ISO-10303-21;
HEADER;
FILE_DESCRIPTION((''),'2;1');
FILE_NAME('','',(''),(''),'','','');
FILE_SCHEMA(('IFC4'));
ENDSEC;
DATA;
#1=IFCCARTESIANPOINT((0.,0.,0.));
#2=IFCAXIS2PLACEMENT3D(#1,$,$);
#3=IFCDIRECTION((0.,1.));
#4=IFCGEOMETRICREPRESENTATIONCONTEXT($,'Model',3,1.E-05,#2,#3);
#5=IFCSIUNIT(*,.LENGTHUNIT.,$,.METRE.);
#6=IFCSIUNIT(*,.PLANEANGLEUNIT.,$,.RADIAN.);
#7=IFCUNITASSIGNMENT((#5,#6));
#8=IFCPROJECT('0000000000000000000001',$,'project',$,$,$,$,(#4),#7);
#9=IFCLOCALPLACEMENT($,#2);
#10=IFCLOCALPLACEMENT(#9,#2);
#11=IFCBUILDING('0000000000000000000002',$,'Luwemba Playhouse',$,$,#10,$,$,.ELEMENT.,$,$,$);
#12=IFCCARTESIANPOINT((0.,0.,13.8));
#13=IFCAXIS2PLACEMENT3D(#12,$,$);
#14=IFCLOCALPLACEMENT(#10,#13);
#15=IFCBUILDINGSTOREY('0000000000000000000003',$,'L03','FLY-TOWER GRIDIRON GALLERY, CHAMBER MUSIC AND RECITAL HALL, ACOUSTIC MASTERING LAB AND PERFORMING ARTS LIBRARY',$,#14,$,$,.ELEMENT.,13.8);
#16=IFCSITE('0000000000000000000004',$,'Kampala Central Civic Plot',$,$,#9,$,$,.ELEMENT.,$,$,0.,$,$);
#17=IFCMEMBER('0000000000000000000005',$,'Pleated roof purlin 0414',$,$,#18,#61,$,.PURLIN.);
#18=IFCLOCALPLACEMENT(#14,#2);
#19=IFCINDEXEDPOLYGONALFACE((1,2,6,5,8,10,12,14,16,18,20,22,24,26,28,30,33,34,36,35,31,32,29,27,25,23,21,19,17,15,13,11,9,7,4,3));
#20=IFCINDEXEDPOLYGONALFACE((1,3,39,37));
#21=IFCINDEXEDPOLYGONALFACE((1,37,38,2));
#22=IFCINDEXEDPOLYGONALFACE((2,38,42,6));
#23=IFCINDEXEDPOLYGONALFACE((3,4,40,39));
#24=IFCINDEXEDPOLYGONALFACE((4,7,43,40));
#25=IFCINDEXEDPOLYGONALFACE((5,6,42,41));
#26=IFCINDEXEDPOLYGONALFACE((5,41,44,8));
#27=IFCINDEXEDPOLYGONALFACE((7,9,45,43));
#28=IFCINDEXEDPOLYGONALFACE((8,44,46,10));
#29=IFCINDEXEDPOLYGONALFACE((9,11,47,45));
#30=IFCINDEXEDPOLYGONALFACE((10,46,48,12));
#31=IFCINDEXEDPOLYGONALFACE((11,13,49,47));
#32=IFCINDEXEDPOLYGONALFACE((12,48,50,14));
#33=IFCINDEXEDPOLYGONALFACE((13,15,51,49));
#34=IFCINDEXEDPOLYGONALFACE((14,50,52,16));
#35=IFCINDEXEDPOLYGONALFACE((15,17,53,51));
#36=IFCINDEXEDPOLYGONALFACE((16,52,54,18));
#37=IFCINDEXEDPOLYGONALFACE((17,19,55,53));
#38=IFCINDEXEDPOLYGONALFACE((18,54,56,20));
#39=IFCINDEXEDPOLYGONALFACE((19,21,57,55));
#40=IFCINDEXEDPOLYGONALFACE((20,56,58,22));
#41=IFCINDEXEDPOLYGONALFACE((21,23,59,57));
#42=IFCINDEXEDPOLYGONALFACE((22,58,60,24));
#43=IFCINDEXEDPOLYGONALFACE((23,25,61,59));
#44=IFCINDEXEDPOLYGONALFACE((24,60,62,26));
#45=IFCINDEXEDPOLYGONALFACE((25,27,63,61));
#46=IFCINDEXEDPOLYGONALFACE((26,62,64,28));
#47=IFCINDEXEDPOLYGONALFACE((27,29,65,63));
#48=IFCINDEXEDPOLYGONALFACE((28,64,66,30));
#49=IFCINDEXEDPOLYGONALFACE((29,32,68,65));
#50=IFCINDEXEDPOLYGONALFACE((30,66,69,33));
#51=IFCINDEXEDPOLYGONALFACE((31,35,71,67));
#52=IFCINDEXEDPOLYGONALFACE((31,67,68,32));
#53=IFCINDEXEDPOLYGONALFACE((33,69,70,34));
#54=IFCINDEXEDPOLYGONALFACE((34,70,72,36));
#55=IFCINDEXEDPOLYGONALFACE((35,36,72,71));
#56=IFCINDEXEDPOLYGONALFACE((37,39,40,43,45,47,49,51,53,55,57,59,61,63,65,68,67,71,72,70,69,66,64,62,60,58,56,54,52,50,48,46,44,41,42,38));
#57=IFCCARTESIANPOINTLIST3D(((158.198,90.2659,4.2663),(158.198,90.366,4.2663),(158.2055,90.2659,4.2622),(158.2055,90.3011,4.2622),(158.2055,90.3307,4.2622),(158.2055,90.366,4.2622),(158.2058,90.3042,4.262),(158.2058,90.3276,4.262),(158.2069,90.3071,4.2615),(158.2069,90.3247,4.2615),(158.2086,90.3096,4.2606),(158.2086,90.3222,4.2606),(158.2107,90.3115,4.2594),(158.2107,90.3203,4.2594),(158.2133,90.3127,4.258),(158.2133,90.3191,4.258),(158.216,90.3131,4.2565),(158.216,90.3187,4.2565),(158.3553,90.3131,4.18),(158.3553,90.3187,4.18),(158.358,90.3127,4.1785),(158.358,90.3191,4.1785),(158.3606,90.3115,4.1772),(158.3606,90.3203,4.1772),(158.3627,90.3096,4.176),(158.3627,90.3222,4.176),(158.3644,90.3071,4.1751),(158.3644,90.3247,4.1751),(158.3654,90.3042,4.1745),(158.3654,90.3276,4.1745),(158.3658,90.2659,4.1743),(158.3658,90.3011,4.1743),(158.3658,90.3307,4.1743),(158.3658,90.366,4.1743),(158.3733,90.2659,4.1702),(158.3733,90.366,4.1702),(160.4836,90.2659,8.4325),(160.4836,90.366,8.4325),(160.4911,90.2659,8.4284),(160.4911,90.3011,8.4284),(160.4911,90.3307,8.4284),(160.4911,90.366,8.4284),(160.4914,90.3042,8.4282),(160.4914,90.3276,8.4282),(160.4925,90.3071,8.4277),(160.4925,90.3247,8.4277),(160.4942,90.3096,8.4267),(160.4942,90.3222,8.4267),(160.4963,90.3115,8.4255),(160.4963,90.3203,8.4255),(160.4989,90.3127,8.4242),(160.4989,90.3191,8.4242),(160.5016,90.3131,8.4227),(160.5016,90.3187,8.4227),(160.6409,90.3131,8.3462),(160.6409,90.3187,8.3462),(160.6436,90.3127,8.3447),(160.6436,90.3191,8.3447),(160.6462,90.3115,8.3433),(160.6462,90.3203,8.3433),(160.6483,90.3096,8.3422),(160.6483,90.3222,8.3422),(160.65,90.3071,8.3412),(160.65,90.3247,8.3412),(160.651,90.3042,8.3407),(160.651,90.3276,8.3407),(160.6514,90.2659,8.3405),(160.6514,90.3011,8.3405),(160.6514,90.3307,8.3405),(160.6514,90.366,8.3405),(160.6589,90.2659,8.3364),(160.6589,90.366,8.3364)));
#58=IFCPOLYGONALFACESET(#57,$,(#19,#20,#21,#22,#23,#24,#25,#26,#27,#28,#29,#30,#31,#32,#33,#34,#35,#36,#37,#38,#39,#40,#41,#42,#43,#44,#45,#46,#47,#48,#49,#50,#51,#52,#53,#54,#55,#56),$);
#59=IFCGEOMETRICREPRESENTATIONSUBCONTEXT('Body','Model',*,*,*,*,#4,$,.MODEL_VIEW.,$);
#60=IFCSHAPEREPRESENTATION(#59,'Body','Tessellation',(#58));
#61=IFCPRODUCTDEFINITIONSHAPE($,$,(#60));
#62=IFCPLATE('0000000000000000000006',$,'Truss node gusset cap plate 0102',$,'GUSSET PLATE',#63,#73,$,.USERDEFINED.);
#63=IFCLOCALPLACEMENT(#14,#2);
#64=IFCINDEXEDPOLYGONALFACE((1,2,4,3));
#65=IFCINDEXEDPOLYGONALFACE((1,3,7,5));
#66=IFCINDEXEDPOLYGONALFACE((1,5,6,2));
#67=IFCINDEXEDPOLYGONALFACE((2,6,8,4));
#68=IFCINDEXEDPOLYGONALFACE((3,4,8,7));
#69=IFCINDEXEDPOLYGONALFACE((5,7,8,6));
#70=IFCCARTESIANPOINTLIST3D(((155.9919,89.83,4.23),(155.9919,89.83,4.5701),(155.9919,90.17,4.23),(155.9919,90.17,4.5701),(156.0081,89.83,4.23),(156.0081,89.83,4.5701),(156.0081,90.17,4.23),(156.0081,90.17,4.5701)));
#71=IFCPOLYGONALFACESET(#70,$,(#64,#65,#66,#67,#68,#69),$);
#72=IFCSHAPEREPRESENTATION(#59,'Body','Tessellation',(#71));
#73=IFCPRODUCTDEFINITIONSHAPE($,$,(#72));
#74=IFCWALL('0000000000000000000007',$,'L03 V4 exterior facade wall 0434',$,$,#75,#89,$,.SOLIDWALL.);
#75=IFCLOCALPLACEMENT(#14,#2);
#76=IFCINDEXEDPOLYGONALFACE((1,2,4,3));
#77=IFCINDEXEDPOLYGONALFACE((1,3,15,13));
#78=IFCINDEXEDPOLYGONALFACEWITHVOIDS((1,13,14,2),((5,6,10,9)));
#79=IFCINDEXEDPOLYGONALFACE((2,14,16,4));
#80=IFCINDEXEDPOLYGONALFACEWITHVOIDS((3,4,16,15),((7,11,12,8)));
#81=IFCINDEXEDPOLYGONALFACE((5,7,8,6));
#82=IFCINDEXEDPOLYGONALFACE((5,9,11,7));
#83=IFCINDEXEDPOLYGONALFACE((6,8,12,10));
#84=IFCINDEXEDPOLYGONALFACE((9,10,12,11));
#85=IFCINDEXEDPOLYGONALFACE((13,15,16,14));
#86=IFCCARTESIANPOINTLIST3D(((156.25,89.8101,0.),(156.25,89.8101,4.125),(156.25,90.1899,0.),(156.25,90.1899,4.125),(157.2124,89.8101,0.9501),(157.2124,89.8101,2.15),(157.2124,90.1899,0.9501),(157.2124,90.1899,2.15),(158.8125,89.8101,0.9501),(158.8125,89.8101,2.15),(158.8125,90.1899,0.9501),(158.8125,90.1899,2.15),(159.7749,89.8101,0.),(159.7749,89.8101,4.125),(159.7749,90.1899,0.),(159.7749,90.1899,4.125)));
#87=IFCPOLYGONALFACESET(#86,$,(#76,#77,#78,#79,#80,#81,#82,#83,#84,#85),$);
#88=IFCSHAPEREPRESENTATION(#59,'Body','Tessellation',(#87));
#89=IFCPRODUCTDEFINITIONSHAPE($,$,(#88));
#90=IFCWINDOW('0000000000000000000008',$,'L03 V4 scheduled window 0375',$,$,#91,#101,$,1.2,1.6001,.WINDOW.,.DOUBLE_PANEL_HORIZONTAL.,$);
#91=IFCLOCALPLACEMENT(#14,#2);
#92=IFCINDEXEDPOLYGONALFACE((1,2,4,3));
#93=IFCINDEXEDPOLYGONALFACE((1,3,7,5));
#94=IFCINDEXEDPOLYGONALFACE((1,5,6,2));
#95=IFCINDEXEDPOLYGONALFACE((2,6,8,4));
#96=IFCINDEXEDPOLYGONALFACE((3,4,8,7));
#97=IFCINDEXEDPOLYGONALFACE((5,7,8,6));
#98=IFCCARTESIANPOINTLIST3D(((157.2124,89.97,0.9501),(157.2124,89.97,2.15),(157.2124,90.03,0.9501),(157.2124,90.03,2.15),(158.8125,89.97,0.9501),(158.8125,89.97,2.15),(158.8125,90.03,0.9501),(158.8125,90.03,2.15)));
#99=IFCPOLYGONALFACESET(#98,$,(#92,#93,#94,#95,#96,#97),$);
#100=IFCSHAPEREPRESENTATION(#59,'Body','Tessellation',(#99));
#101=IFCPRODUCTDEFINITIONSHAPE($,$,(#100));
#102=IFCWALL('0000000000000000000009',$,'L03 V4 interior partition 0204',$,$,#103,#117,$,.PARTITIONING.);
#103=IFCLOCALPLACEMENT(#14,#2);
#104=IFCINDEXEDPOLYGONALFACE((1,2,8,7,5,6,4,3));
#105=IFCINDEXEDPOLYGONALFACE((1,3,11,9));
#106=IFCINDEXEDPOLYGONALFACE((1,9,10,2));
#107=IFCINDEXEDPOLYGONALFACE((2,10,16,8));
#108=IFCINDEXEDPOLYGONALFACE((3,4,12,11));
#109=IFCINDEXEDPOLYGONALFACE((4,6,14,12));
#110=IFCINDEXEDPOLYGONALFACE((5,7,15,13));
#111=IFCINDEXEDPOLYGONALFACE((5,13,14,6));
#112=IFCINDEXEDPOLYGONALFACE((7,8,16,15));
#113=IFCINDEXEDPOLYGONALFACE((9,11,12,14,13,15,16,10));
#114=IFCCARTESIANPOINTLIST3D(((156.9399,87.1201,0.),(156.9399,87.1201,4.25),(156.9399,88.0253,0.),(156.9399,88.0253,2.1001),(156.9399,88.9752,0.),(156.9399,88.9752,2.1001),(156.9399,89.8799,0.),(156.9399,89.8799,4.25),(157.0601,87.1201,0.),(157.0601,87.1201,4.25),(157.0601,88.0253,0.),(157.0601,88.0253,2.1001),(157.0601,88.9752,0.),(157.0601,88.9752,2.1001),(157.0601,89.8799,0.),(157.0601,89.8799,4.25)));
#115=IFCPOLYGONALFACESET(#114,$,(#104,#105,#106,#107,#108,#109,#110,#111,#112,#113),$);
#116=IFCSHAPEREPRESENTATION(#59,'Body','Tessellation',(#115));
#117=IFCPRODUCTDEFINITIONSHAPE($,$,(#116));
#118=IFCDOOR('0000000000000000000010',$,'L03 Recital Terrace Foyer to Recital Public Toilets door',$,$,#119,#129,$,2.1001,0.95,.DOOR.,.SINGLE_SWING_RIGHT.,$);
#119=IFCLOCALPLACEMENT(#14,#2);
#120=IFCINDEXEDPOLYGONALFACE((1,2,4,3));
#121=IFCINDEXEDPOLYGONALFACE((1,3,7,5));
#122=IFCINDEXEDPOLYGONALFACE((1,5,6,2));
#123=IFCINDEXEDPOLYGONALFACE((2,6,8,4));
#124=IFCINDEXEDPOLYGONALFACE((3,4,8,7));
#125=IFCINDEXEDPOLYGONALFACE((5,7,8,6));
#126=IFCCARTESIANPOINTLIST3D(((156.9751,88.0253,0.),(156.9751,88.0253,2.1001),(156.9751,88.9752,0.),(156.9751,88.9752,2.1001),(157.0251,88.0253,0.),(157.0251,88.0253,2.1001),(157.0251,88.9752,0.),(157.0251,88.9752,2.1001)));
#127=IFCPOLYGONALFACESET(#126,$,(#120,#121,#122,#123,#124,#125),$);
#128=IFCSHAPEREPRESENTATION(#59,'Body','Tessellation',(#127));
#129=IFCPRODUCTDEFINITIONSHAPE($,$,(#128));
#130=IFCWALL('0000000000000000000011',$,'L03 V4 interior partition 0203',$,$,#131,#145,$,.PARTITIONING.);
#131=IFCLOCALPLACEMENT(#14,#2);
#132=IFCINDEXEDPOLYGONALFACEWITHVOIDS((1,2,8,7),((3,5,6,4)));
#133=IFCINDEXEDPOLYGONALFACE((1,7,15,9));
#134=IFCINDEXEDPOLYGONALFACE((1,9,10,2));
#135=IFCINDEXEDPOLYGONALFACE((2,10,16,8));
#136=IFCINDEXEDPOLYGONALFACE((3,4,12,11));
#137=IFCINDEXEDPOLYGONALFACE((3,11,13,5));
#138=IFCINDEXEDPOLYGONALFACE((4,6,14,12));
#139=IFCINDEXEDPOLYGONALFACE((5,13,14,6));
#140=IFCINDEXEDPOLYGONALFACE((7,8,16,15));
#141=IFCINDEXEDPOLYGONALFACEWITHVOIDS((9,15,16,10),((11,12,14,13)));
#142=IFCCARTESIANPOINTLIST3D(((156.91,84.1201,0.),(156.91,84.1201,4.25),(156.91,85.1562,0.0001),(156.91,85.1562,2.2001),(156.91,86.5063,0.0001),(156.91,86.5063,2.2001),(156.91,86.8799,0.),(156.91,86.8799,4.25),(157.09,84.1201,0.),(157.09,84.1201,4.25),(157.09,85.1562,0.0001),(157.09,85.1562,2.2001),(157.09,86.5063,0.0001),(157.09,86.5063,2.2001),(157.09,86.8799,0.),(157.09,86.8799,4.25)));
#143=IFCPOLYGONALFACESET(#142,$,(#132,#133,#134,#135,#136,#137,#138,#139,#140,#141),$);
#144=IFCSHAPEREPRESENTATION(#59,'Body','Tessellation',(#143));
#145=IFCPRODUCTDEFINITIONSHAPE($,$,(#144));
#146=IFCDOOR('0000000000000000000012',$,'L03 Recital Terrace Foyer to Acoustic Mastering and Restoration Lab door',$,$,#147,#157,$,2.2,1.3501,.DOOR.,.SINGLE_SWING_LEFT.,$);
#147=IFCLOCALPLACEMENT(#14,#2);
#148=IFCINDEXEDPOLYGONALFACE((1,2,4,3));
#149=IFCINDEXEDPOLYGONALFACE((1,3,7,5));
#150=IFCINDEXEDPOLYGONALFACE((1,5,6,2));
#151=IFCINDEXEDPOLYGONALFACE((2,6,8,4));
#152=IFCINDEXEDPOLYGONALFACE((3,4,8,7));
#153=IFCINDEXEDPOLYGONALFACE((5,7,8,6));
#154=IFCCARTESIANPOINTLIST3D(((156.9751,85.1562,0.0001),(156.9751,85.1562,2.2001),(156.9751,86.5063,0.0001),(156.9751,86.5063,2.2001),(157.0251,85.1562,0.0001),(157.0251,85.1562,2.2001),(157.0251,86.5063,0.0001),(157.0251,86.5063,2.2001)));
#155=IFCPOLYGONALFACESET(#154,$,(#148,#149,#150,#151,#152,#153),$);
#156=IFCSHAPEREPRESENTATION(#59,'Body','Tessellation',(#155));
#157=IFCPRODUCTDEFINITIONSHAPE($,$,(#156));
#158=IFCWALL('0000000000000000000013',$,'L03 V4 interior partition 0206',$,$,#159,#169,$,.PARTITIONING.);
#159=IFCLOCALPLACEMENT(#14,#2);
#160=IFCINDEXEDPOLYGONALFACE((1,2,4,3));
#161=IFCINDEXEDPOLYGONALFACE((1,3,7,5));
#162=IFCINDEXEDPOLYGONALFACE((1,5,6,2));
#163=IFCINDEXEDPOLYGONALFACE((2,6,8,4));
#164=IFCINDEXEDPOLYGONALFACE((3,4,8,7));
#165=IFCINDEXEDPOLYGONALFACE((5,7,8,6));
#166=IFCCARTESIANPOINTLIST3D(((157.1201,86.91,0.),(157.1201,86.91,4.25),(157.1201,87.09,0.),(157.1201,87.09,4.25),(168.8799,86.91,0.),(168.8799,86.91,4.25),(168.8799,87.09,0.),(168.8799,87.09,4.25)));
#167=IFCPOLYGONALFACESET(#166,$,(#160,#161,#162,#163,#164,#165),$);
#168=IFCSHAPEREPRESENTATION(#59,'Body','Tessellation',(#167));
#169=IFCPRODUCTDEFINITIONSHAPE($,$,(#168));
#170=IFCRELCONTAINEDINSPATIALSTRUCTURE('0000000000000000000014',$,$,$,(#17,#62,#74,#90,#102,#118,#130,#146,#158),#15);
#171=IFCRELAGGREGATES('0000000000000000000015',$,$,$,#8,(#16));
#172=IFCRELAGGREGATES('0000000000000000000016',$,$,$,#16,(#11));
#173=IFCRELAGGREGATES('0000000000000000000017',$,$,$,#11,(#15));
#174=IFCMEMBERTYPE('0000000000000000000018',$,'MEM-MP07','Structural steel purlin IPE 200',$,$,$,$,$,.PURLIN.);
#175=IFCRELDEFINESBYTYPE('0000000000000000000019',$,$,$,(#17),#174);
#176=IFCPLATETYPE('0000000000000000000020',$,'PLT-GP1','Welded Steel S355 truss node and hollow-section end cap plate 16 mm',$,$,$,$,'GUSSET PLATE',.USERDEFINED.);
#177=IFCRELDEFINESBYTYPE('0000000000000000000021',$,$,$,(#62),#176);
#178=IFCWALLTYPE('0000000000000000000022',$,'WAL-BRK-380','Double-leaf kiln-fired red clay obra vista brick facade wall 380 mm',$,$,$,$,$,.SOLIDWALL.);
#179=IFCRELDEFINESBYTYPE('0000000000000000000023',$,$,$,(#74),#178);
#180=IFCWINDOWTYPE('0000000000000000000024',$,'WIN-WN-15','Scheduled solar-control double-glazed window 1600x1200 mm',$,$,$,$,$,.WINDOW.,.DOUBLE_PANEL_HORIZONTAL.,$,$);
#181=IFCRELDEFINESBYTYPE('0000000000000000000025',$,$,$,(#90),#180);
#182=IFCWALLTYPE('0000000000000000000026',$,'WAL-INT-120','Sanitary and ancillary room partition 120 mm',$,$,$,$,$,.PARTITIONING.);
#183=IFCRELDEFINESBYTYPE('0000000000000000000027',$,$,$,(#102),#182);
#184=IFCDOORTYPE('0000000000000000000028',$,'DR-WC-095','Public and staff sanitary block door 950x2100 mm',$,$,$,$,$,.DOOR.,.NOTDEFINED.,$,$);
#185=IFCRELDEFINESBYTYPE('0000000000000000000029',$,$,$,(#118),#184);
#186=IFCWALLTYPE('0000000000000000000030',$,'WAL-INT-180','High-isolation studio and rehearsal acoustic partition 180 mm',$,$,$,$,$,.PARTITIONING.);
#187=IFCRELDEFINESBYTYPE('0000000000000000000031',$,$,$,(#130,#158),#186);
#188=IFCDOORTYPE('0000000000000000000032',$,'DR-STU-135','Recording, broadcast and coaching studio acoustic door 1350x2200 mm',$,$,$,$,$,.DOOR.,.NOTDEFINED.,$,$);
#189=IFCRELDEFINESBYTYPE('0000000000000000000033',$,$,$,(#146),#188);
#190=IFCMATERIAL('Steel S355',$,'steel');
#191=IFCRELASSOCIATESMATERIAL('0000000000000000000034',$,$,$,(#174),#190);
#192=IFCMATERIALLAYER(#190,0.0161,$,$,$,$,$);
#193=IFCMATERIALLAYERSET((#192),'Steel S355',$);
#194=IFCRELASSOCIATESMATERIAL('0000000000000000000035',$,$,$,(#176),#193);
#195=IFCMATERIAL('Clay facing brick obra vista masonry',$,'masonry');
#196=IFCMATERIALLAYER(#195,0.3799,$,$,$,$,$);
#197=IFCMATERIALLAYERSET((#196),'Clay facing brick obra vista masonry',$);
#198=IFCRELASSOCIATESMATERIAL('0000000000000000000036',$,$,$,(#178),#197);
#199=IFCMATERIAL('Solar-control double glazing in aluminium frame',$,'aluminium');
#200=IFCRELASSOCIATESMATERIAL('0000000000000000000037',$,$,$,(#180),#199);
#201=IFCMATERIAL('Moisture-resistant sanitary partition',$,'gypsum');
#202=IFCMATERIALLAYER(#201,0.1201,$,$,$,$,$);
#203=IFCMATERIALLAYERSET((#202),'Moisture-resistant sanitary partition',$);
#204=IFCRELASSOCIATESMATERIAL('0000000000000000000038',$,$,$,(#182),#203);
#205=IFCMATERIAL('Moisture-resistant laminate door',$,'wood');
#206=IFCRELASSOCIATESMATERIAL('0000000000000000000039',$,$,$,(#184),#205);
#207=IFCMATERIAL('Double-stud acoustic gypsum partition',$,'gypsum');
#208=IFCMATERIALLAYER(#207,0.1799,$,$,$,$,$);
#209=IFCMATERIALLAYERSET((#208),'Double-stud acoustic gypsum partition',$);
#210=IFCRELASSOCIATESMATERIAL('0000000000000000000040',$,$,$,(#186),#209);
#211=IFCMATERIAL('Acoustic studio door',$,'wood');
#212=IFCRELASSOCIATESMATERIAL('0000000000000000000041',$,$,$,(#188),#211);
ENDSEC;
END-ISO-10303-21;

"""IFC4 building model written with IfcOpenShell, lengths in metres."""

from ifc_helpers import new_model, si_unit, direction, frame, frame_2d, origin, origin_2d, place, context, subcontext, project, spatial, rectangle, i_section, extrude, material, layer, layer_set, material_profile, profile_set, type_object, element, fill, save


model = new_model("IFC4")

# Units and contexts
model_context = context("Model", 3, precision=1e-05, world=origin(), true_north=direction((0.0, 1.0)))
body_context = subcontext(model_context, "Body", "Model", "MODEL_VIEW")
ifc_project = project(units=[si_unit("LENGTHUNIT", "METRE"), si_unit("PLANEANGLEUNIT", "RADIAN")], contexts=[model_context])

# Site, building, storey
site_placement = place(None, origin())
site = spatial("IfcSite", under=ifc_project, at=site_placement, Name="Kampala Central Civic Plot", CompositionType="ELEMENT", RefElevation=0.0)
building_placement = place(site_placement, origin())
building = spatial("IfcBuilding", under=site, at=building_placement, Name="Luwemba Playhouse", CompositionType="ELEMENT")
storey_placement = place(building_placement, frame((0.0, 0.0, 13.8)))
storey = spatial("IfcBuildingStorey", under=building, at=storey_placement, Name="L03", Description="FLY-TOWER GRIDIRON GALLERY, CHAMBER MUSIC AND RECITAL HALL, ACOUSTIC MASTERING LAB AND PERFORMING ARTS LIBRARY", CompositionType="ELEMENT", Elevation=13.8)

# Shared definitions
ifc_material_1 = material(Name="Steel S355", Category="steel")

# Member
ifc_material_profile_1 = material_profile(ifc_material_1, i_section(OverallWidth=0.1001, OverallDepth=0.2, WebThickness=0.0056, FlangeThickness=0.0085, FilletRadius=0.012, at=origin_2d()))
ifc_profile_set_1 = profile_set([ifc_material_profile_1], Name="Steel S355")
member_type_1 = type_object("IfcMemberType", Name="MEM-MP07", Description="Structural steel purlin IPE 200", PredefinedType="PURLIN", material=ifc_profile_set_1)
member_1_placement = place(storey_placement, frame((158.2856, 90.3159, 4.2183), z_axis=(0.480982, 0.0, 0.876731), x_axis=(0.0, 1.0, 0.0)))
element("IfcMember", 1, at=member_1_placement, inside=storey, type_object=member_type_1, Name="Pleated roof purlin 0414", PredefinedType="PURLIN", context=body_context, shape_type="SweptSolid", body=[
    extrude(i_section(OverallWidth=0.1001, OverallDepth=0.2, WebThickness=0.0056, FlangeThickness=0.0085, FilletRadius=0.012, at=origin_2d()), origin(), (0.0, 0.0, 1.0), 4.752),
])

# Plate
ifc_layer_1 = layer(ifc_material_1, 0.0161)
ifc_layer_set_1 = layer_set([ifc_layer_1], Name="Steel S355")
plate_type = type_object("IfcPlateType", Name="PLT-GP1", Description="Welded Steel S355 truss node and hollow-section end cap plate 16 mm", ElementType="GUSSET PLATE", PredefinedType="USERDEFINED", material=ifc_layer_set_1)
plate_placement = place(storey_placement, frame((156.0, 90.0, 4.23), z_axis=(0.0, 0.0, 1.0), x_axis=(1.0, 0.0, 0.0)))
element("IfcPlate", 2, at=plate_placement, inside=storey, type_object=plate_type, Name="Truss node gusset cap plate 0102", ObjectType="GUSSET PLATE", PredefinedType="USERDEFINED", context=body_context, shape_type="SweptSolid", body=[
    extrude(rectangle(XDim=0.0161, YDim=0.3401, at=origin_2d()), origin(), (0.0, 0.0, 1.0), 0.3401),
])

# Wall, opening, window
ifc_material_2 = material(Name="Clay facing brick obra vista masonry", Category="masonry")
ifc_layer_2 = layer(ifc_material_2, 0.3799)
ifc_layer_set_2 = layer_set([ifc_layer_2], Name="Clay facing brick obra vista masonry")
wall_type_1 = type_object("IfcWallType", Name="WAL-BRK-380", Description="Double-leaf kiln-fired red clay obra vista brick facade wall 380 mm", PredefinedType="SOLIDWALL", material=ifc_layer_set_2)
wall_1_placement = place(storey_placement, frame((156.25, 90.0, 0.0), z_axis=(0.0, 0.0, 1.0), x_axis=(1.0, 0.0, 0.0)))
wall_1 = element("IfcWall", 3, at=wall_1_placement, inside=storey, type_object=wall_type_1, Name="L03 V4 exterior facade wall 0434", PredefinedType="SOLIDWALL", context=body_context, shape_type="SweptSolid", body=[
    extrude(rectangle(XDim=3.5249, YDim=0.3799, at=frame_2d((1.7625, 0.0))), origin(), (0.0, 0.0, 1.0), 4.125),
])
opening_1_placement = place(wall_1_placement, frame((0.9624, 0.0, 0.95)))
opening_1 = element("IfcOpeningElement", 4, at=opening_1_placement, cuts=wall_1, PredefinedType="OPENING", context=body_context, shape_type="SweptSolid", body=[
    extrude(rectangle(XDim=1.6001, YDim=1.2, at=frame_2d((0.8, 0.6001))), frame((0.0, 0.2, 0.0), z_axis=(0.0, -1.0, 0.0), x_axis=(1.0, 0.0, 0.0)), (0.0, 0.0, 1.0), 0.3999),
])
ifc_material_3 = material(Name="Solar-control double glazing in aluminium frame", Category="aluminium")
window_type_1 = type_object("IfcWindowType", Name="WIN-WN-15", Description="Scheduled solar-control double-glazed window 1600x1200 mm", PartitioningType="DOUBLE_PANEL_HORIZONTAL", PredefinedType="WINDOW", material=ifc_material_3)
window_1_placement = place(opening_1_placement, origin())
window_1 = element("IfcWindow", 5, at=window_1_placement, inside=storey, type_object=window_type_1, Name="L03 V4 scheduled window 0375", OverallHeight=1.2, OverallWidth=1.6001, PartitioningType="DOUBLE_PANEL_HORIZONTAL", PredefinedType="WINDOW", context=body_context, shape_type="SweptSolid", body=[
    extrude(rectangle(XDim=1.6001, YDim=1.2, at=frame_2d((0.8, 0.6001))), frame((0.0, 0.03, 0.0), z_axis=(0.0, -1.0, 0.0), x_axis=(1.0, 0.0, 0.0)), (0.0, 0.0, 1.0), 0.0601),
])
fill(opening_1, window_1)

# Walls, openings, doors
ifc_material_4 = material(Name="Moisture-resistant sanitary partition", Category="gypsum")
ifc_layer_3 = layer(ifc_material_4, 0.1201)
ifc_layer_set_3 = layer_set([ifc_layer_3], Name="Moisture-resistant sanitary partition")
wall_type_2 = type_object("IfcWallType", Name="WAL-INT-120", Description="Sanitary and ancillary room partition 120 mm", PredefinedType="PARTITIONING", material=ifc_layer_set_3)
wall_2_placement = place(storey_placement, frame((157.0, 87.1201, 0.0), z_axis=(0.0, 0.0, 1.0), x_axis=(0.0, 1.0, 0.0)))
wall_2 = element("IfcWall", 6, at=wall_2_placement, inside=storey, type_object=wall_type_2, Name="L03 V4 interior partition 0204", PredefinedType="PARTITIONING", context=body_context, shape_type="SweptSolid", body=[
    extrude(rectangle(XDim=2.7598, YDim=0.1201, at=frame_2d((1.3799, 0.0))), origin(), (0.0, 0.0, 1.0), 4.25),
])
opening_2_placement = place(wall_2_placement, frame((0.905, 0.0, 0.0)))
opening_2 = element("IfcOpeningElement", 7, at=opening_2_placement, cuts=wall_2, PredefinedType="OPENING", context=body_context, shape_type="SweptSolid", body=[
    extrude(rectangle(XDim=0.95, YDim=2.1001, at=frame_2d((0.4751, 1.05))), frame((0.0, 0.0701, 0.0), z_axis=(0.0, -1.0, 0.0), x_axis=(1.0, 0.0, 0.0)), (0.0, 0.0, 1.0), 0.1401),
])
ifc_material_5 = material(Name="Moisture-resistant laminate door", Category="wood")
door_type_1 = type_object("IfcDoorType", Name="DR-WC-095", Description="Public and staff sanitary block door 950x2100 mm", OperationType="NOTDEFINED", PredefinedType="DOOR", material=ifc_material_5)
door_1_placement = place(opening_2_placement, origin())
door_1 = element("IfcDoor", 8, at=door_1_placement, inside=storey, type_object=door_type_1, Name="L03 Recital Terrace Foyer to Recital Public Toilets door", OperationType="SINGLE_SWING_RIGHT", OverallHeight=2.1001, OverallWidth=0.95, PredefinedType="DOOR", context=body_context, shape_type="SweptSolid", body=[
    extrude(rectangle(XDim=0.95, YDim=2.1001, at=frame_2d((0.4751, 1.05))), frame((0.0, 0.0249, 0.0), z_axis=(0.0, -1.0, 0.0), x_axis=(1.0, 0.0, 0.0)), (0.0, 0.0, 1.0), 0.05),
])
fill(opening_2, door_1)
ifc_material_6 = material(Name="Double-stud acoustic gypsum partition", Category="gypsum")
ifc_layer_4 = layer(ifc_material_6, 0.1799)
ifc_layer_set_4 = layer_set([ifc_layer_4], Name="Double-stud acoustic gypsum partition")
wall_type_3 = type_object("IfcWallType", Name="WAL-INT-180", Description="High-isolation studio and rehearsal acoustic partition 180 mm", PredefinedType="PARTITIONING", material=ifc_layer_set_4)
wall_3_placement = place(storey_placement, frame((157.0, 84.1201, 0.0), z_axis=(0.0, 0.0, 1.0), x_axis=(0.0, 1.0, 0.0)))
wall_3 = element("IfcWall", 9, at=wall_3_placement, inside=storey, type_object=wall_type_3, Name="L03 V4 interior partition 0203", PredefinedType="PARTITIONING", context=body_context, shape_type="SweptSolid", body=[
    extrude(rectangle(XDim=2.7598, YDim=0.1799, at=frame_2d((1.3799, 0.0))), origin(), (0.0, 0.0, 1.0), 4.25),
])
opening_3_placement = place(wall_3_placement, frame((1.0361, 0.0, 0.0)))
opening_3 = element("IfcOpeningElement", 10, at=opening_3_placement, cuts=wall_3, PredefinedType="OPENING", context=body_context, shape_type="SweptSolid", body=[
    extrude(rectangle(XDim=1.3501, YDim=2.2, at=frame_2d((0.675, 1.1001))), frame((0.0, 0.0999, 0.0), z_axis=(0.0, -1.0, 0.0), x_axis=(1.0, 0.0, 0.0)), (0.0, 0.0, 1.0), 0.2),
])
ifc_material_7 = material(Name="Acoustic studio door", Category="wood")
door_type_2 = type_object("IfcDoorType", Name="DR-STU-135", Description="Recording, broadcast and coaching studio acoustic door 1350x2200 mm", OperationType="NOTDEFINED", PredefinedType="DOOR", material=ifc_material_7)
door_2_placement = place(opening_3_placement, origin())
door_2 = element("IfcDoor", 11, at=door_2_placement, inside=storey, type_object=door_type_2, Name="L03 Recital Terrace Foyer to Acoustic Mastering and Restoration Lab door", OperationType="SINGLE_SWING_LEFT", OverallHeight=2.2, OverallWidth=1.3501, PredefinedType="DOOR", context=body_context, shape_type="SweptSolid", body=[
    extrude(rectangle(XDim=1.3501, YDim=2.2, at=frame_2d((0.675, 1.1001))), frame((0.0, 0.0249, 0.0), z_axis=(0.0, -1.0, 0.0), x_axis=(1.0, 0.0, 0.0)), (0.0, 0.0, 1.0), 0.05),
])
fill(opening_3, door_2)

# Wall
wall_4_placement = place(storey_placement, frame((157.1201, 87.0, 0.0), z_axis=(0.0, 0.0, 1.0), x_axis=(1.0, 0.0, 0.0)))
element("IfcWall", 12, at=wall_4_placement, inside=storey, type_object=wall_type_3, Name="L03 V4 interior partition 0206", PredefinedType="PARTITIONING", context=body_context, shape_type="SweptSolid", body=[
    extrude(rectangle(XDim=11.7598, YDim=0.1799, at=frame_2d((5.8799, 0.0))), origin(), (0.0, 0.0, 1.0), 4.25),
])

save(model, "model.ifc")
